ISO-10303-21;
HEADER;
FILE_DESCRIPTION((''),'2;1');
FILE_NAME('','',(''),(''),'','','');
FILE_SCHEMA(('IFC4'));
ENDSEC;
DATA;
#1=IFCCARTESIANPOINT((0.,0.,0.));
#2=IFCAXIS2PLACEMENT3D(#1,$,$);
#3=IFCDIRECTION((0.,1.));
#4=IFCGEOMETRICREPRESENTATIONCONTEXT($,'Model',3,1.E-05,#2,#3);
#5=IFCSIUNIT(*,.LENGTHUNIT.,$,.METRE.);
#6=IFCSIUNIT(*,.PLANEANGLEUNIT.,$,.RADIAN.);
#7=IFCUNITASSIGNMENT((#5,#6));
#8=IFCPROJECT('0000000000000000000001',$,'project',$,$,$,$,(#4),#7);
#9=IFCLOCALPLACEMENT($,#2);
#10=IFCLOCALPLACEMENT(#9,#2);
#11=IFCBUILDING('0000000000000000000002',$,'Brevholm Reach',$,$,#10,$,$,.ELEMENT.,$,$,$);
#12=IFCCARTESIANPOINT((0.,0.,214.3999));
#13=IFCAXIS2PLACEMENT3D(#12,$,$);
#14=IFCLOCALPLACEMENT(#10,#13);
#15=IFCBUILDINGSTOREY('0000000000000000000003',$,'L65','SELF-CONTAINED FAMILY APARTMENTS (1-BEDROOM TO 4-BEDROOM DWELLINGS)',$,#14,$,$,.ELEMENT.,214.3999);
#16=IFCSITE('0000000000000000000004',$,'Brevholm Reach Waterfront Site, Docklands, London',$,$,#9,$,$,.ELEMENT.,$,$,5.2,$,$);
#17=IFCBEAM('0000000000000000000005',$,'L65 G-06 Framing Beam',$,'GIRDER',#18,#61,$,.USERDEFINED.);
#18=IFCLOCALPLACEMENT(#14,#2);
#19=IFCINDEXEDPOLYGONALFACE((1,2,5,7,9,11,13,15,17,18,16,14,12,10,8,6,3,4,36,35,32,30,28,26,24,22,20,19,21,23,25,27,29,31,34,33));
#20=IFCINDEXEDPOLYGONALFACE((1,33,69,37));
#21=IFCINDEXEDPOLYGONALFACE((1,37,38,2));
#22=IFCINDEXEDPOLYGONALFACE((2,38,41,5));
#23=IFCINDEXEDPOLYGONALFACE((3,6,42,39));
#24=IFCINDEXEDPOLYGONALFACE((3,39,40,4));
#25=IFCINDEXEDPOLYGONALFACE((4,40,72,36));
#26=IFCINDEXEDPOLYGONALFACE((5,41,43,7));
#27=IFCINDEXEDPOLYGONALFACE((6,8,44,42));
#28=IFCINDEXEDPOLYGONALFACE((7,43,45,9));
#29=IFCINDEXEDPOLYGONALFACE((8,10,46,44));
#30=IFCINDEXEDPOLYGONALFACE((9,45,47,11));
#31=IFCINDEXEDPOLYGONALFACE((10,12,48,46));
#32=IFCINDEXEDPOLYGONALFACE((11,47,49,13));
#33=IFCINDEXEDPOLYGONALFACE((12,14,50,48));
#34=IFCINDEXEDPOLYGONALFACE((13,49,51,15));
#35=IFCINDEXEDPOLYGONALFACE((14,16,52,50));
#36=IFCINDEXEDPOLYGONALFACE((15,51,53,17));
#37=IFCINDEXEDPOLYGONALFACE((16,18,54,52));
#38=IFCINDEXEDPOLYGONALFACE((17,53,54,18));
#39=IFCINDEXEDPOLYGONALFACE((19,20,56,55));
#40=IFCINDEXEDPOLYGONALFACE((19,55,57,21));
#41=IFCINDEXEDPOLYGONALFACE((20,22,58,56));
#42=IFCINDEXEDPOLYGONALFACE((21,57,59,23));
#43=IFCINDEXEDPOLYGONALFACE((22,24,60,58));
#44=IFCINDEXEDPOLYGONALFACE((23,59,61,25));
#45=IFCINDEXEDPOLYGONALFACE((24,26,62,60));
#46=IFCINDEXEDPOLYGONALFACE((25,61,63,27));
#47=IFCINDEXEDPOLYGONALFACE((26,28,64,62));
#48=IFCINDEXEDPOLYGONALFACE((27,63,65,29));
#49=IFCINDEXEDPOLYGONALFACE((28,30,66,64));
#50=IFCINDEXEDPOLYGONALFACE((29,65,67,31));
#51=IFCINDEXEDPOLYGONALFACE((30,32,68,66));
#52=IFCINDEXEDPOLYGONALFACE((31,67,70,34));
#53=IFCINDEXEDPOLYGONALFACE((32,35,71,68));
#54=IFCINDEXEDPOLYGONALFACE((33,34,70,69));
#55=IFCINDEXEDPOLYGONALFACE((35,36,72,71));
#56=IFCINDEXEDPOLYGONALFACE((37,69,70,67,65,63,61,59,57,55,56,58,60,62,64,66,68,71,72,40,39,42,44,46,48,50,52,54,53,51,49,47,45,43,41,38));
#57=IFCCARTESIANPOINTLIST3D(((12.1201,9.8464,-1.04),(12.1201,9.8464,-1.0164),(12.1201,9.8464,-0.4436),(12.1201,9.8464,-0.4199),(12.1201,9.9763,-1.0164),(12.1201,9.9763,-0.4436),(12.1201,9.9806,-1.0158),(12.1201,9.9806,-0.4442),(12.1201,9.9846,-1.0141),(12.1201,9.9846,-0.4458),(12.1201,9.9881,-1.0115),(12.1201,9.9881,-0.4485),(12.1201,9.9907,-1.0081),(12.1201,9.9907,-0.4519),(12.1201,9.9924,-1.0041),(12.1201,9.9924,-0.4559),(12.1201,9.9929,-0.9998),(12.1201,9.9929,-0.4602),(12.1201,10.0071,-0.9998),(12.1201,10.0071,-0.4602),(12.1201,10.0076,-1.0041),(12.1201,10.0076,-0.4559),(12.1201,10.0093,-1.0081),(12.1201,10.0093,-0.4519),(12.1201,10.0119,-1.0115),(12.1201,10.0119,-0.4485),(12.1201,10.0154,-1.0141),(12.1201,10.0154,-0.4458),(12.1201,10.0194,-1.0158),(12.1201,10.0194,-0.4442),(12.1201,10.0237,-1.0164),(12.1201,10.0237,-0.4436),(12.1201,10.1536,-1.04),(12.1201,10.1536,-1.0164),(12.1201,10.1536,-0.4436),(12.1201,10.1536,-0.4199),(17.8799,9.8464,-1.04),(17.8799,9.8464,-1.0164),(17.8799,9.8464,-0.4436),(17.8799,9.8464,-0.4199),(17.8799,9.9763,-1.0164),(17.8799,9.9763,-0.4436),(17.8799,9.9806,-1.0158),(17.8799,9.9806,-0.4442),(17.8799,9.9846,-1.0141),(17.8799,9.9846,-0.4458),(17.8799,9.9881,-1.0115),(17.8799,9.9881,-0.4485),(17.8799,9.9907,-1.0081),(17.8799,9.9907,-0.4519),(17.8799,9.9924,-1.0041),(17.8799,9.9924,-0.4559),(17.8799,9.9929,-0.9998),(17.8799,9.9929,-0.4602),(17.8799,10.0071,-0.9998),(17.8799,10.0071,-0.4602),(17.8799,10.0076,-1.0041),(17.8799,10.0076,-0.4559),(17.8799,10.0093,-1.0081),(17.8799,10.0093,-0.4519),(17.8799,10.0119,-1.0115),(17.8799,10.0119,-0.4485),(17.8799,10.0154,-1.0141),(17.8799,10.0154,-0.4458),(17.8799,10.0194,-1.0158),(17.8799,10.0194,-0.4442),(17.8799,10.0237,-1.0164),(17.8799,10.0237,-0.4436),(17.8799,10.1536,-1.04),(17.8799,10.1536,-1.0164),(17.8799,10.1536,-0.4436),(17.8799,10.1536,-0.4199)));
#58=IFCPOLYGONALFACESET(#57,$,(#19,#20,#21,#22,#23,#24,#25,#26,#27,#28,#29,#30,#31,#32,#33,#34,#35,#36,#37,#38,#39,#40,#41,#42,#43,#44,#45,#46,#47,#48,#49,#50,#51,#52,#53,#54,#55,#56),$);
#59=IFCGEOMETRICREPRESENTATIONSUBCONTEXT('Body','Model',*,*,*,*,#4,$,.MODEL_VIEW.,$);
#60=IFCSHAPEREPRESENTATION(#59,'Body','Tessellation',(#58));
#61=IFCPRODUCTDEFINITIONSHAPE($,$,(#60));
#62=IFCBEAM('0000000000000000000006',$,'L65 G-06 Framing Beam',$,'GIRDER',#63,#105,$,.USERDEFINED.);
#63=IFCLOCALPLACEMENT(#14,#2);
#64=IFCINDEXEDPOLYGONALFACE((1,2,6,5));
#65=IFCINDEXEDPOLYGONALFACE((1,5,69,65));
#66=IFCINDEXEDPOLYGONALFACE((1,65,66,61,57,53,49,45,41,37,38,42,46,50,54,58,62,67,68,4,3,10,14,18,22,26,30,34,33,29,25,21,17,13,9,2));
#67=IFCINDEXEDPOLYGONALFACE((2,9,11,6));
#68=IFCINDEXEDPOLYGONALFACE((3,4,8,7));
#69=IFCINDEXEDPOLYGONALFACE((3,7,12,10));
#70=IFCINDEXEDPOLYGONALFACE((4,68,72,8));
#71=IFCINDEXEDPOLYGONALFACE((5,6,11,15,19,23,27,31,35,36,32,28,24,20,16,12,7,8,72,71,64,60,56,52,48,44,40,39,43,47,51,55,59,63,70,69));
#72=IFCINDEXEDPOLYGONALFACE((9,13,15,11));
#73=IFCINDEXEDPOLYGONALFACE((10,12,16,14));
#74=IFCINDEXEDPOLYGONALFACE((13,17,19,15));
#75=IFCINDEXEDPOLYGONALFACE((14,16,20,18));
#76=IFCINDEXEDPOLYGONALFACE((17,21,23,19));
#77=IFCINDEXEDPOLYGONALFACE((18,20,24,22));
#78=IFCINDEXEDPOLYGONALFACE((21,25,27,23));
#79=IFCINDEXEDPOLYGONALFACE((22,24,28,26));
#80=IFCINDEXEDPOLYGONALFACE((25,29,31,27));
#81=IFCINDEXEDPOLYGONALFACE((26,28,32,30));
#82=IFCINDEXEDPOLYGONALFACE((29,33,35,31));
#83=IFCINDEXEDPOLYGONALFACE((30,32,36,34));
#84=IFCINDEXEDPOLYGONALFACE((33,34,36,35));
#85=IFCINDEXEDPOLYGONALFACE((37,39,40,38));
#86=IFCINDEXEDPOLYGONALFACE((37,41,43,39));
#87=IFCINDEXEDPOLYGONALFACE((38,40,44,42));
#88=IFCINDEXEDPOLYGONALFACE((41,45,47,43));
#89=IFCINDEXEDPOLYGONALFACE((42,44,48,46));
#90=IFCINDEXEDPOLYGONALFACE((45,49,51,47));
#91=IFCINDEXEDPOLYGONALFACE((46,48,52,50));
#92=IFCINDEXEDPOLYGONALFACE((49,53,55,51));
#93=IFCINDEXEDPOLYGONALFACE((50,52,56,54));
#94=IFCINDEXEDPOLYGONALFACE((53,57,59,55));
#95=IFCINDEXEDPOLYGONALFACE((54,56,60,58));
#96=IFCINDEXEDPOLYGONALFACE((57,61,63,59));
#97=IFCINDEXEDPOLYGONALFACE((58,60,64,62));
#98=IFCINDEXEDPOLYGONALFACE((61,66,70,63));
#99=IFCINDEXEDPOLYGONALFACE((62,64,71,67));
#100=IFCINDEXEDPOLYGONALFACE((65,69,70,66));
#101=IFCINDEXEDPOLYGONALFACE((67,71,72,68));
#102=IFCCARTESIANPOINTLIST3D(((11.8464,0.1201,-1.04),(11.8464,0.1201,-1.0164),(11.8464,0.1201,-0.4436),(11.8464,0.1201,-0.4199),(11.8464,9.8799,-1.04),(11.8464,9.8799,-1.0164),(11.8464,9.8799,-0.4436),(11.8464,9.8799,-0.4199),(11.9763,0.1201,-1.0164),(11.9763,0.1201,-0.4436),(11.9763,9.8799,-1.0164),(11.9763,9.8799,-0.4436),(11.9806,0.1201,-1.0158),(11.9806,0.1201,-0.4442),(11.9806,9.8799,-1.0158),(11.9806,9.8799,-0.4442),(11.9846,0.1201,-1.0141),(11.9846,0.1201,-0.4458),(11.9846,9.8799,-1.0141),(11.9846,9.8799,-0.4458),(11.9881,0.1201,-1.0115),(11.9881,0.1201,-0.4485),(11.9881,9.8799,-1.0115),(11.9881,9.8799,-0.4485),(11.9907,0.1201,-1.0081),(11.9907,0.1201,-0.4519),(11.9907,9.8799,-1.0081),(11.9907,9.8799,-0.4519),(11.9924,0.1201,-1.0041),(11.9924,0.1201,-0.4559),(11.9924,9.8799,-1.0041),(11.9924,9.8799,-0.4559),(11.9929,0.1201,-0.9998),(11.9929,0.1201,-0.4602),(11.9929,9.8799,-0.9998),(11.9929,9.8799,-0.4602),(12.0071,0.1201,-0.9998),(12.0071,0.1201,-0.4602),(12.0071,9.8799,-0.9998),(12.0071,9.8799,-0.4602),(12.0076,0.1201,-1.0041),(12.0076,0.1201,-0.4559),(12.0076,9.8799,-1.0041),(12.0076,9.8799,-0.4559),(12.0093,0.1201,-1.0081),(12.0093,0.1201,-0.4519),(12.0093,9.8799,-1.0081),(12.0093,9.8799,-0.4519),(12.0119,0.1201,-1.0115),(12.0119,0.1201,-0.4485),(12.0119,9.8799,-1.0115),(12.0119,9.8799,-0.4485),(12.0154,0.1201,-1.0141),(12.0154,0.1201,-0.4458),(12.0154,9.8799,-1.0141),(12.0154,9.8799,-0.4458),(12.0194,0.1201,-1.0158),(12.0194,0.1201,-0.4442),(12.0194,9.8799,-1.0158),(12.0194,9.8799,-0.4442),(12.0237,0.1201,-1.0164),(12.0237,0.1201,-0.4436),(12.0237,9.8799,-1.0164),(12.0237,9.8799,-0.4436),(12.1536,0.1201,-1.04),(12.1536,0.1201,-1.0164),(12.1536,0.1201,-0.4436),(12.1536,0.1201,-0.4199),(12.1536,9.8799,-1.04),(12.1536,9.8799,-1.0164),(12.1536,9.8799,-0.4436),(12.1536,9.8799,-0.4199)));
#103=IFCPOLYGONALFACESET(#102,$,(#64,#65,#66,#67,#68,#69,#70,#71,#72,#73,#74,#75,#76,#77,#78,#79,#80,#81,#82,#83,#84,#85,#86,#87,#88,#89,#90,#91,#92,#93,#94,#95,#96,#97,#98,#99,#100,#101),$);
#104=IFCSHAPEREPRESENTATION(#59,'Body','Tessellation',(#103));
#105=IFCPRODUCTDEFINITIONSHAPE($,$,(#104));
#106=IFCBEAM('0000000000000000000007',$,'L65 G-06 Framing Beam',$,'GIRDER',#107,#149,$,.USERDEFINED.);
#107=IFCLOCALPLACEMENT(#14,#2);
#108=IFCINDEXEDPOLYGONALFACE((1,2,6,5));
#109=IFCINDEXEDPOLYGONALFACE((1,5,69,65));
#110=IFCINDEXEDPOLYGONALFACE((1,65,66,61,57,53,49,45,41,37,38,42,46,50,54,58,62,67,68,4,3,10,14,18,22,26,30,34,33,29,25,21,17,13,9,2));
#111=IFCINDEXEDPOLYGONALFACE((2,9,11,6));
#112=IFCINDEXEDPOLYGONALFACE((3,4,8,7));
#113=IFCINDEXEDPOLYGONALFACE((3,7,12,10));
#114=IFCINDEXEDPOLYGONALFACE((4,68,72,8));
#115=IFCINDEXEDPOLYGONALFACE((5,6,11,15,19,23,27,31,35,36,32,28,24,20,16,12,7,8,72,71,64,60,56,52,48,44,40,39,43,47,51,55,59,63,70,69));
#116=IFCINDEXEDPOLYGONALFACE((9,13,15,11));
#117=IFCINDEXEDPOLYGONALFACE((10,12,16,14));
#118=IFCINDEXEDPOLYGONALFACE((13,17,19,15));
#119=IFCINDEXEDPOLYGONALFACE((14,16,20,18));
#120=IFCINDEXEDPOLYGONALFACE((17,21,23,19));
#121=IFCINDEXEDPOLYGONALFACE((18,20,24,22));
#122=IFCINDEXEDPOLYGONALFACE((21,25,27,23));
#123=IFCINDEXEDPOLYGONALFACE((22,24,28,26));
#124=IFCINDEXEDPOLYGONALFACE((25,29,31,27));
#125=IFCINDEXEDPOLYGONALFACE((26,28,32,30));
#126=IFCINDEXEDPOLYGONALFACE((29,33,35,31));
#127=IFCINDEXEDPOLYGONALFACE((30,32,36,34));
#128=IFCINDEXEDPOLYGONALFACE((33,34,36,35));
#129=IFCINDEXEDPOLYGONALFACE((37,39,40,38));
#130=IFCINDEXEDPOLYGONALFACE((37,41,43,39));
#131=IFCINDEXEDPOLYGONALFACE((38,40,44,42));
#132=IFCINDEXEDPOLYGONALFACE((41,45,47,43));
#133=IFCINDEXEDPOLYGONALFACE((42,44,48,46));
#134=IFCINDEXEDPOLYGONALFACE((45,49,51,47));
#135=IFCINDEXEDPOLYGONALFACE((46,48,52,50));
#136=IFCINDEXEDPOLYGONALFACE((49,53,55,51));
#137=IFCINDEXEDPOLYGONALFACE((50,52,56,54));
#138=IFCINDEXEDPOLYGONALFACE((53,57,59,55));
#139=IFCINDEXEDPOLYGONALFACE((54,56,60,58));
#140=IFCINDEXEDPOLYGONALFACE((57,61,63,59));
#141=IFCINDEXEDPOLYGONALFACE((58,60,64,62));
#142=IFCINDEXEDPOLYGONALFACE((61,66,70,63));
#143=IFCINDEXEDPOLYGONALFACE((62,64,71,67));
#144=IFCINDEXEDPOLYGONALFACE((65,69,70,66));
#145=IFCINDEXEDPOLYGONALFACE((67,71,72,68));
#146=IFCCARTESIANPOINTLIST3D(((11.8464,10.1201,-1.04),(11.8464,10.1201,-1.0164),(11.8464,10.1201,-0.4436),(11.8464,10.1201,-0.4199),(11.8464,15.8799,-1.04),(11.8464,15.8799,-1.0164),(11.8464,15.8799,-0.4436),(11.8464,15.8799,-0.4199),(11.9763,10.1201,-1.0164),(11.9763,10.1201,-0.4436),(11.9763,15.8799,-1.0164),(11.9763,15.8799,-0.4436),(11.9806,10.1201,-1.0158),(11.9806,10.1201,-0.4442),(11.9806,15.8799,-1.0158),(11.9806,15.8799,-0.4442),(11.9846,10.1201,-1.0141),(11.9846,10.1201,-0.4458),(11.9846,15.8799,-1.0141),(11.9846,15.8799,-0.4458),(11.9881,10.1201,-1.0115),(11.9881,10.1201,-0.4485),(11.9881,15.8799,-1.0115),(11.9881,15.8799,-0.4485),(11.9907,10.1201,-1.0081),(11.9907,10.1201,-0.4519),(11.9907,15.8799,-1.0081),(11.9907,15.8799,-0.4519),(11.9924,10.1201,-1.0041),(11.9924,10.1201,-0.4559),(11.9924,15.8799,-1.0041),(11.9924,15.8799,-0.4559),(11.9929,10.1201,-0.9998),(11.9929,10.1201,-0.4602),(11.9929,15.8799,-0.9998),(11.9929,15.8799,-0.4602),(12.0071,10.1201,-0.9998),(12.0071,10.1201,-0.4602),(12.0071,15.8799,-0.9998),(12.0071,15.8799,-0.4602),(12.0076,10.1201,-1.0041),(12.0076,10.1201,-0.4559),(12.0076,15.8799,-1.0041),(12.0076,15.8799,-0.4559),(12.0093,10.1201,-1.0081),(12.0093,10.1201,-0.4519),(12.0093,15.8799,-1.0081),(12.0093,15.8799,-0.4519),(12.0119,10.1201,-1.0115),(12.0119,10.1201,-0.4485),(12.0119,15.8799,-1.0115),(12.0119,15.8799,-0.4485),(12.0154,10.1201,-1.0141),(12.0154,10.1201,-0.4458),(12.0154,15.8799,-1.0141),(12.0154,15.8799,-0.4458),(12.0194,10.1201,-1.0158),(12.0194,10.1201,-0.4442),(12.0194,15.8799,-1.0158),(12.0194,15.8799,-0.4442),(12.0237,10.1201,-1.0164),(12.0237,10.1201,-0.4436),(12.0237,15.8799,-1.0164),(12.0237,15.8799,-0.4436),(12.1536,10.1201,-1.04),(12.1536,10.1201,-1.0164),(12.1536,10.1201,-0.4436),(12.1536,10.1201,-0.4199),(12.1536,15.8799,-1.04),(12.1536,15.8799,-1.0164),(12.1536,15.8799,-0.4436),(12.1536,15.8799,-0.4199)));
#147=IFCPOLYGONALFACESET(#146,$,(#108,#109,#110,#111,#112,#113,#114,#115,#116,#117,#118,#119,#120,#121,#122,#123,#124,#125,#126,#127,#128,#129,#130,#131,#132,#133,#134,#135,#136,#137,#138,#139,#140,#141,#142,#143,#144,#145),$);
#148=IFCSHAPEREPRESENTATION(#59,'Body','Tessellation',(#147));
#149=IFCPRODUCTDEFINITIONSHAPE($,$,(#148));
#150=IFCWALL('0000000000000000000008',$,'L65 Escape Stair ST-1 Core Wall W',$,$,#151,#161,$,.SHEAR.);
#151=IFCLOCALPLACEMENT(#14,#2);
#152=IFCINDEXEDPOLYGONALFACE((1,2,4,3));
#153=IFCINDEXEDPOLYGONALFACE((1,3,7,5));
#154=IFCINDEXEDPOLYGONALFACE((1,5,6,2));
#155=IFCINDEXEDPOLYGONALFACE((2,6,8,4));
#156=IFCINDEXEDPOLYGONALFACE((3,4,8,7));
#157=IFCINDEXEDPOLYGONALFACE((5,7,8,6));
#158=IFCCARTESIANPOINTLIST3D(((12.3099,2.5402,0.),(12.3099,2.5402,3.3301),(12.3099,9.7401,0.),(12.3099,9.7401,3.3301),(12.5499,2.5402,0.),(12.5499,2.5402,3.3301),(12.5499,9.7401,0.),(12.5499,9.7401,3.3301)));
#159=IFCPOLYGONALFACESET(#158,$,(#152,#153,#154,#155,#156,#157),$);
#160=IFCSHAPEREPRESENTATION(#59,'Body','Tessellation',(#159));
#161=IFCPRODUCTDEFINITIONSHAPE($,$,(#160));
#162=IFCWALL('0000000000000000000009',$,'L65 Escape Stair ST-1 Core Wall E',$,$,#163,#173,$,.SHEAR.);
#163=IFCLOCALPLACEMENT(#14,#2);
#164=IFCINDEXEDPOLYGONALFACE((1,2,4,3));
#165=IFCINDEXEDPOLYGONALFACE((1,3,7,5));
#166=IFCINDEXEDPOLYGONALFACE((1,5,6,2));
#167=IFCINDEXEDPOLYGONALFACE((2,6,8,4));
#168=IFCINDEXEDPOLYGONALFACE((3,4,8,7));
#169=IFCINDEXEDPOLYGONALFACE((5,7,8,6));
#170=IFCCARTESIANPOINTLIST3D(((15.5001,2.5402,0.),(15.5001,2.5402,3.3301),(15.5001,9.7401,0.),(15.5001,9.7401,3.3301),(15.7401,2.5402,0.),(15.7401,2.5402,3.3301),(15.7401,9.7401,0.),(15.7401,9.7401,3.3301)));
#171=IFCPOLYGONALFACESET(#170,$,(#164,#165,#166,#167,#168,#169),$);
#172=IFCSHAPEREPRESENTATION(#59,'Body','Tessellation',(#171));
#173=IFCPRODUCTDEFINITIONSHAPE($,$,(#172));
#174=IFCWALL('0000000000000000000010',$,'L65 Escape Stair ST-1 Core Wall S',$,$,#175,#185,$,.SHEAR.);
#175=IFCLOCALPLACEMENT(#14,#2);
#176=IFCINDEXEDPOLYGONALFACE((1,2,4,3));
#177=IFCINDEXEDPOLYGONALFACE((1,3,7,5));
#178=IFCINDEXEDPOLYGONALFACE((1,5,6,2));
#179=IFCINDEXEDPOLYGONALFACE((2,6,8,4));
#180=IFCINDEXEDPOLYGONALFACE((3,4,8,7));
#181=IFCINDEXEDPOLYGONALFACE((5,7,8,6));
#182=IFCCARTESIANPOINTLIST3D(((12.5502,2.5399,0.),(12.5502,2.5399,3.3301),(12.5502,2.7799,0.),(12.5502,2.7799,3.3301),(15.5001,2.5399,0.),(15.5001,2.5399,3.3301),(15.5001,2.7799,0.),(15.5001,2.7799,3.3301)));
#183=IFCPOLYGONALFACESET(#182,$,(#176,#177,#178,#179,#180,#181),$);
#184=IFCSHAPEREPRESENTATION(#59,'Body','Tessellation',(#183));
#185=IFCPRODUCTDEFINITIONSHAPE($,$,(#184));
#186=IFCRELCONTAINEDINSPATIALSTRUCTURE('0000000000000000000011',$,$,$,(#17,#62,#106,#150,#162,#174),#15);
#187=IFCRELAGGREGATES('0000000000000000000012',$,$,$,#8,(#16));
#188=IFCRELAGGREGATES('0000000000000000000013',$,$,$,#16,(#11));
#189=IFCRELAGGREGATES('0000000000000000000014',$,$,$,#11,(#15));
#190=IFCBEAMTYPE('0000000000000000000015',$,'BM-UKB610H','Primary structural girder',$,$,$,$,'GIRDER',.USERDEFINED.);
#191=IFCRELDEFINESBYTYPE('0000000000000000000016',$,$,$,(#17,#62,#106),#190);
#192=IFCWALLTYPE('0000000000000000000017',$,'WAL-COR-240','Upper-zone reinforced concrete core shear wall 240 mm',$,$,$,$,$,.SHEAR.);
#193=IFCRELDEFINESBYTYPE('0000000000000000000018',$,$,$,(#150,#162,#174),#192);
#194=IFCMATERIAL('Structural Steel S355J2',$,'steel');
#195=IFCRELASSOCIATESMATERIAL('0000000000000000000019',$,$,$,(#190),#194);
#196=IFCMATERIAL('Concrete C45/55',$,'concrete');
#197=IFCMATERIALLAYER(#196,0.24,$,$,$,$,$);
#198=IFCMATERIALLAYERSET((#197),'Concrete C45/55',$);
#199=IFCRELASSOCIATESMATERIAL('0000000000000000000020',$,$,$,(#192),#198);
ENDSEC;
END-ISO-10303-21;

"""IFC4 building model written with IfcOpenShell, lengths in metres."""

from ifc_helpers import new_model, si_unit, direction, frame, frame_2d, origin, origin_2d, place, context, subcontext, project, spatial, rectangle, i_section, extrude, material, layer, layer_set, material_profile, profile_set, type_object, element, save


model = new_model("IFC4")

# Units and contexts
model_context = context("Model", 3, precision=1e-05, world=origin(), true_north=direction((0.0, 1.0)))
body_context = subcontext(model_context, "Body", "Model", "MODEL_VIEW")
ifc_project = project(units=[si_unit("LENGTHUNIT", "METRE"), si_unit("PLANEANGLEUNIT", "RADIAN")], contexts=[model_context])

# Site, building, storey
site_placement = place(None, origin())
site = spatial("IfcSite", under=ifc_project, at=site_placement, Name="Brevholm Reach Waterfront Site, Docklands, London", CompositionType="ELEMENT", RefElevation=5.2)
building_placement = place(site_placement, origin())
building = spatial("IfcBuilding", under=site, at=building_placement, Name="Brevholm Reach", CompositionType="ELEMENT")
storey_placement = place(building_placement, frame((0.0, 0.0, 214.3999)))
storey = spatial("IfcBuildingStorey", under=building, at=storey_placement, Name="L65", Description="SELF-CONTAINED FAMILY APARTMENTS (1-BEDROOM TO 4-BEDROOM DWELLINGS)", CompositionType="ELEMENT", Elevation=214.3999)

# Beams
ifc_material_1 = material(Name="Structural Steel S355J2", Category="steel")
ifc_material_profile_1 = material_profile(ifc_material_1, i_section(OverallWidth=0.3071, OverallDepth=0.6201, WebThickness=0.0142, FlangeThickness=0.0237, FilletRadius=0.0166, at=origin_2d()), Name="UKB 610x305x179")
ifc_profile_set_1 = profile_set([ifc_material_profile_1], Name="Structural Steel S355J2")
beam_type_1 = type_object("IfcBeamType", Name="BM-UKB610H", Description="Primary structural girder", ElementType="GIRDER", PredefinedType="USERDEFINED", material=ifc_profile_set_1)
beam_1_placement = place(storey_placement, frame((12.1201, 10.0, -0.73), z_axis=(1.0, 0.0, 0.0), x_axis=(0.0, 1.0, 0.0)))
element("IfcBeam", 1, at=beam_1_placement, inside=storey, type_object=beam_type_1, Name="L65 G-06 Framing Beam", ObjectType="GIRDER", PredefinedType="USERDEFINED", context=body_context, shape_type="SweptSolid", body=[
    extrude(i_section(OverallWidth=0.3071, OverallDepth=0.6201, WebThickness=0.0142, FlangeThickness=0.0237, FilletRadius=0.0166, at=origin_2d()), origin(), (0.0, 0.0, 1.0), 5.7598),
])
beam_2_placement = place(storey_placement, frame((12.0, 0.1201, -0.73), z_axis=(0.0, 1.0, 0.0), x_axis=(-1.0, 0.0, 0.0)))
element("IfcBeam", 2, at=beam_2_placement, inside=storey, type_object=beam_type_1, Name="L65 G-06 Framing Beam", ObjectType="GIRDER", PredefinedType="USERDEFINED", context=body_context, shape_type="SweptSolid", body=[
    extrude(i_section(OverallWidth=0.3071, OverallDepth=0.6201, WebThickness=0.0142, FlangeThickness=0.0237, FilletRadius=0.0166, at=origin_2d()), origin(), (0.0, 0.0, 1.0), 9.7598),
])
beam_3_placement = place(storey_placement, frame((12.0, 10.1201, -0.73), z_axis=(0.0, 1.0, 0.0), x_axis=(-1.0, 0.0, 0.0)))
element("IfcBeam", 3, at=beam_3_placement, inside=storey, type_object=beam_type_1, Name="L65 G-06 Framing Beam", ObjectType="GIRDER", PredefinedType="USERDEFINED", context=body_context, shape_type="SweptSolid", body=[
    extrude(i_section(OverallWidth=0.3071, OverallDepth=0.6201, WebThickness=0.0142, FlangeThickness=0.0237, FilletRadius=0.0166, at=origin_2d()), origin(), (0.0, 0.0, 1.0), 5.7598),
])

# Walls
ifc_material_2 = material(Name="Concrete C45/55", Category="concrete")
ifc_layer_1 = layer(ifc_material_2, 0.24)
ifc_layer_set_1 = layer_set([ifc_layer_1], Name="Concrete C45/55")
wall_type_1 = type_object("IfcWallType", Name="WAL-COR-240", Description="Upper-zone reinforced concrete core shear wall 240 mm", PredefinedType="SHEAR", material=ifc_layer_set_1)
for number, where, z_axis, x_axis, name in (
    (4, (12.4299, 2.54, 0.0), (0.0, 0.0, 1.0), (0.0, 1.0, 0.0), "L65 Escape Stair ST-1 Core Wall W"),
    (5, (15.6201, 2.54, 0.0), (0.0, 0.0, 1.0), (0.0, 1.0, 0.0), "L65 Escape Stair ST-1 Core Wall E"),
):
    element("IfcWall", number, at=place(storey_placement, frame(where, z_axis=z_axis, x_axis=x_axis)), inside=storey, type_object=wall_type_1, Name=name, PredefinedType="SHEAR", context=body_context, shape_type="SweptSolid", body=[
        extrude(rectangle(XDim=7.2, YDim=0.24, at=frame_2d((3.6001, 0.0))), origin(), (0.0, 0.0, 1.0), 3.3301),
    ])
wall_1_placement = place(storey_placement, frame((12.55, 2.6599, 0.0), z_axis=(0.0, 0.0, 1.0), x_axis=(1.0, 0.0, 0.0)))
element("IfcWall", 6, at=wall_1_placement, inside=storey, type_object=wall_type_1, Name="L65 Escape Stair ST-1 Core Wall S", PredefinedType="SHEAR", context=body_context, shape_type="SweptSolid", body=[
    extrude(rectangle(XDim=2.95, YDim=0.24, at=frame_2d((1.4751, 0.0))), origin(), (0.0, 0.0, 1.0), 3.3301),
])

save(model, "model.ifc")
